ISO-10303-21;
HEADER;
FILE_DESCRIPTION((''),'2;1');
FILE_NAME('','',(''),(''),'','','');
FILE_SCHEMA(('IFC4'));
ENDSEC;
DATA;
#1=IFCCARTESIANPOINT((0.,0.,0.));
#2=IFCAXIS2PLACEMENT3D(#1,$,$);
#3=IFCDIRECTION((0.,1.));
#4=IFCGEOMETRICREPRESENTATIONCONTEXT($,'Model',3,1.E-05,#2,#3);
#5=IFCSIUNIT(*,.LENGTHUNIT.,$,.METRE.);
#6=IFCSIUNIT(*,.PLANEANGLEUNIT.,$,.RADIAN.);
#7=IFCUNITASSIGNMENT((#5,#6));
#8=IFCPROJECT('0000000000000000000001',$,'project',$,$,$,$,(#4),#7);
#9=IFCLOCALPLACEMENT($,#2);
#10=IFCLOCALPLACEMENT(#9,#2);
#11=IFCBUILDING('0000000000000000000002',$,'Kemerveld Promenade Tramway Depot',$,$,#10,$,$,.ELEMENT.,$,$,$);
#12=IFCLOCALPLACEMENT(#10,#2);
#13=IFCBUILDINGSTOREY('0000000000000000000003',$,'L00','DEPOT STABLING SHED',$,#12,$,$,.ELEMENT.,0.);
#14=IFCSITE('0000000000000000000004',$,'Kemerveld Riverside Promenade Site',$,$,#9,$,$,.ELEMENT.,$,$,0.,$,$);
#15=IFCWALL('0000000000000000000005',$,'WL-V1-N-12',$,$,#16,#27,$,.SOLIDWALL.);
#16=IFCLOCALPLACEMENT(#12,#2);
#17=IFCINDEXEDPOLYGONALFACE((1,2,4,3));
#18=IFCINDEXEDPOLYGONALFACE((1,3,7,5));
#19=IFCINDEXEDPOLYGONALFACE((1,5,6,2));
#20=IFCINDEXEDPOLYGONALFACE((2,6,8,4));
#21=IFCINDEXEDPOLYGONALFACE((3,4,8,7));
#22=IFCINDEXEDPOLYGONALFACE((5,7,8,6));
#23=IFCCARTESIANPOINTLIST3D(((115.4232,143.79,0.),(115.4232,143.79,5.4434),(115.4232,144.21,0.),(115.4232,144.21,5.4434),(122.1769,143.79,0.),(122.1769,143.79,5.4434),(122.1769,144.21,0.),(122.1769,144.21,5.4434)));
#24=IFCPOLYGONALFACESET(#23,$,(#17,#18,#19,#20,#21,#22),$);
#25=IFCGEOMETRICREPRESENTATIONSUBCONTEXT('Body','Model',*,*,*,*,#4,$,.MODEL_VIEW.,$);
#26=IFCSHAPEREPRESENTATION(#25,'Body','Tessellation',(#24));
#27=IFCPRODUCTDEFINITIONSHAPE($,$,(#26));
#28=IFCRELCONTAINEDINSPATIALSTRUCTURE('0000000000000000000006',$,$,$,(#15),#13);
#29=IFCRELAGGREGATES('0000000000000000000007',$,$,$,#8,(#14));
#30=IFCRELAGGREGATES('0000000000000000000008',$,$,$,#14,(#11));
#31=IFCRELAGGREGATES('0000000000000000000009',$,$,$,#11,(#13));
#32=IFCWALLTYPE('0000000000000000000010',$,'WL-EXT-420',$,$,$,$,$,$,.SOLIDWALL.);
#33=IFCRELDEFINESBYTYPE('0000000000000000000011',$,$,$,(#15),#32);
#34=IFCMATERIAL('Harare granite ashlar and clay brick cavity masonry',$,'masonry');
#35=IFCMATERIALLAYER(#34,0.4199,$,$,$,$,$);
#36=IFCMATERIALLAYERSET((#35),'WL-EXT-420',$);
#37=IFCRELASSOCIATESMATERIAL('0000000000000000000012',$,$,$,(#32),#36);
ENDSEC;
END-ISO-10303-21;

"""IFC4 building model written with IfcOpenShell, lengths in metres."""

from ifc_helpers import new_model, si_unit, direction, frame, frame_2d, origin, place, context, subcontext, project, spatial, rectangle, extrude, material, layer, layer_set, type_object, element, save


model = new_model("IFC4")

# Units and contexts
model_context = context("Model", 3, precision=1e-05, world=origin(), true_north=direction((0.0, 1.0)))
body_context = subcontext(model_context, "Body", "Model", "MODEL_VIEW")
ifc_project = project(units=[si_unit("LENGTHUNIT", "METRE"), si_unit("PLANEANGLEUNIT", "RADIAN")], contexts=[model_context])

# Site, building, storey
site_placement = place(None, origin())
site = spatial("IfcSite", under=ifc_project, at=site_placement, Name="Kemerveld Riverside Promenade Site", CompositionType="ELEMENT", RefElevation=0.0)
building_placement = place(site_placement, origin())
building = spatial("IfcBuilding", under=site, at=building_placement, Name="Kemerveld Promenade Tramway Depot", CompositionType="ELEMENT")
storey_placement = place(building_placement, origin())
storey = spatial("IfcBuildingStorey", under=building, at=storey_placement, Name="L00", Description="DEPOT STABLING SHED", CompositionType="ELEMENT", Elevation=0.0)

# Wall
ifc_material_1 = material(Name="Harare granite ashlar and clay brick cavity masonry", Category="masonry")
ifc_layer_1 = layer(ifc_material_1, 0.4199)
ifc_layer_set_1 = layer_set([ifc_layer_1], Name="WL-EXT-420")
wall_type = type_object("IfcWallType", Name="WL-EXT-420", PredefinedType="SOLIDWALL", material=ifc_layer_set_1)
wall_placement = place(storey_placement, frame((115.4231, 144.0, 0.0), z_axis=(0.0, 0.0, 1.0), x_axis=(1.0, 0.0, 0.0)))
element("IfcWall", 1, at=wall_placement, inside=storey, type_object=wall_type, Name="WL-V1-N-12", PredefinedType="SOLIDWALL", context=body_context, shape_type="SweptSolid", body=[
    extrude(rectangle(XDim=6.7537, YDim=0.4199, at=frame_2d((3.377, 0.0))), origin(), (0.0, 0.0, 1.0), 5.4434),
])

save(model, "model.ifc")
